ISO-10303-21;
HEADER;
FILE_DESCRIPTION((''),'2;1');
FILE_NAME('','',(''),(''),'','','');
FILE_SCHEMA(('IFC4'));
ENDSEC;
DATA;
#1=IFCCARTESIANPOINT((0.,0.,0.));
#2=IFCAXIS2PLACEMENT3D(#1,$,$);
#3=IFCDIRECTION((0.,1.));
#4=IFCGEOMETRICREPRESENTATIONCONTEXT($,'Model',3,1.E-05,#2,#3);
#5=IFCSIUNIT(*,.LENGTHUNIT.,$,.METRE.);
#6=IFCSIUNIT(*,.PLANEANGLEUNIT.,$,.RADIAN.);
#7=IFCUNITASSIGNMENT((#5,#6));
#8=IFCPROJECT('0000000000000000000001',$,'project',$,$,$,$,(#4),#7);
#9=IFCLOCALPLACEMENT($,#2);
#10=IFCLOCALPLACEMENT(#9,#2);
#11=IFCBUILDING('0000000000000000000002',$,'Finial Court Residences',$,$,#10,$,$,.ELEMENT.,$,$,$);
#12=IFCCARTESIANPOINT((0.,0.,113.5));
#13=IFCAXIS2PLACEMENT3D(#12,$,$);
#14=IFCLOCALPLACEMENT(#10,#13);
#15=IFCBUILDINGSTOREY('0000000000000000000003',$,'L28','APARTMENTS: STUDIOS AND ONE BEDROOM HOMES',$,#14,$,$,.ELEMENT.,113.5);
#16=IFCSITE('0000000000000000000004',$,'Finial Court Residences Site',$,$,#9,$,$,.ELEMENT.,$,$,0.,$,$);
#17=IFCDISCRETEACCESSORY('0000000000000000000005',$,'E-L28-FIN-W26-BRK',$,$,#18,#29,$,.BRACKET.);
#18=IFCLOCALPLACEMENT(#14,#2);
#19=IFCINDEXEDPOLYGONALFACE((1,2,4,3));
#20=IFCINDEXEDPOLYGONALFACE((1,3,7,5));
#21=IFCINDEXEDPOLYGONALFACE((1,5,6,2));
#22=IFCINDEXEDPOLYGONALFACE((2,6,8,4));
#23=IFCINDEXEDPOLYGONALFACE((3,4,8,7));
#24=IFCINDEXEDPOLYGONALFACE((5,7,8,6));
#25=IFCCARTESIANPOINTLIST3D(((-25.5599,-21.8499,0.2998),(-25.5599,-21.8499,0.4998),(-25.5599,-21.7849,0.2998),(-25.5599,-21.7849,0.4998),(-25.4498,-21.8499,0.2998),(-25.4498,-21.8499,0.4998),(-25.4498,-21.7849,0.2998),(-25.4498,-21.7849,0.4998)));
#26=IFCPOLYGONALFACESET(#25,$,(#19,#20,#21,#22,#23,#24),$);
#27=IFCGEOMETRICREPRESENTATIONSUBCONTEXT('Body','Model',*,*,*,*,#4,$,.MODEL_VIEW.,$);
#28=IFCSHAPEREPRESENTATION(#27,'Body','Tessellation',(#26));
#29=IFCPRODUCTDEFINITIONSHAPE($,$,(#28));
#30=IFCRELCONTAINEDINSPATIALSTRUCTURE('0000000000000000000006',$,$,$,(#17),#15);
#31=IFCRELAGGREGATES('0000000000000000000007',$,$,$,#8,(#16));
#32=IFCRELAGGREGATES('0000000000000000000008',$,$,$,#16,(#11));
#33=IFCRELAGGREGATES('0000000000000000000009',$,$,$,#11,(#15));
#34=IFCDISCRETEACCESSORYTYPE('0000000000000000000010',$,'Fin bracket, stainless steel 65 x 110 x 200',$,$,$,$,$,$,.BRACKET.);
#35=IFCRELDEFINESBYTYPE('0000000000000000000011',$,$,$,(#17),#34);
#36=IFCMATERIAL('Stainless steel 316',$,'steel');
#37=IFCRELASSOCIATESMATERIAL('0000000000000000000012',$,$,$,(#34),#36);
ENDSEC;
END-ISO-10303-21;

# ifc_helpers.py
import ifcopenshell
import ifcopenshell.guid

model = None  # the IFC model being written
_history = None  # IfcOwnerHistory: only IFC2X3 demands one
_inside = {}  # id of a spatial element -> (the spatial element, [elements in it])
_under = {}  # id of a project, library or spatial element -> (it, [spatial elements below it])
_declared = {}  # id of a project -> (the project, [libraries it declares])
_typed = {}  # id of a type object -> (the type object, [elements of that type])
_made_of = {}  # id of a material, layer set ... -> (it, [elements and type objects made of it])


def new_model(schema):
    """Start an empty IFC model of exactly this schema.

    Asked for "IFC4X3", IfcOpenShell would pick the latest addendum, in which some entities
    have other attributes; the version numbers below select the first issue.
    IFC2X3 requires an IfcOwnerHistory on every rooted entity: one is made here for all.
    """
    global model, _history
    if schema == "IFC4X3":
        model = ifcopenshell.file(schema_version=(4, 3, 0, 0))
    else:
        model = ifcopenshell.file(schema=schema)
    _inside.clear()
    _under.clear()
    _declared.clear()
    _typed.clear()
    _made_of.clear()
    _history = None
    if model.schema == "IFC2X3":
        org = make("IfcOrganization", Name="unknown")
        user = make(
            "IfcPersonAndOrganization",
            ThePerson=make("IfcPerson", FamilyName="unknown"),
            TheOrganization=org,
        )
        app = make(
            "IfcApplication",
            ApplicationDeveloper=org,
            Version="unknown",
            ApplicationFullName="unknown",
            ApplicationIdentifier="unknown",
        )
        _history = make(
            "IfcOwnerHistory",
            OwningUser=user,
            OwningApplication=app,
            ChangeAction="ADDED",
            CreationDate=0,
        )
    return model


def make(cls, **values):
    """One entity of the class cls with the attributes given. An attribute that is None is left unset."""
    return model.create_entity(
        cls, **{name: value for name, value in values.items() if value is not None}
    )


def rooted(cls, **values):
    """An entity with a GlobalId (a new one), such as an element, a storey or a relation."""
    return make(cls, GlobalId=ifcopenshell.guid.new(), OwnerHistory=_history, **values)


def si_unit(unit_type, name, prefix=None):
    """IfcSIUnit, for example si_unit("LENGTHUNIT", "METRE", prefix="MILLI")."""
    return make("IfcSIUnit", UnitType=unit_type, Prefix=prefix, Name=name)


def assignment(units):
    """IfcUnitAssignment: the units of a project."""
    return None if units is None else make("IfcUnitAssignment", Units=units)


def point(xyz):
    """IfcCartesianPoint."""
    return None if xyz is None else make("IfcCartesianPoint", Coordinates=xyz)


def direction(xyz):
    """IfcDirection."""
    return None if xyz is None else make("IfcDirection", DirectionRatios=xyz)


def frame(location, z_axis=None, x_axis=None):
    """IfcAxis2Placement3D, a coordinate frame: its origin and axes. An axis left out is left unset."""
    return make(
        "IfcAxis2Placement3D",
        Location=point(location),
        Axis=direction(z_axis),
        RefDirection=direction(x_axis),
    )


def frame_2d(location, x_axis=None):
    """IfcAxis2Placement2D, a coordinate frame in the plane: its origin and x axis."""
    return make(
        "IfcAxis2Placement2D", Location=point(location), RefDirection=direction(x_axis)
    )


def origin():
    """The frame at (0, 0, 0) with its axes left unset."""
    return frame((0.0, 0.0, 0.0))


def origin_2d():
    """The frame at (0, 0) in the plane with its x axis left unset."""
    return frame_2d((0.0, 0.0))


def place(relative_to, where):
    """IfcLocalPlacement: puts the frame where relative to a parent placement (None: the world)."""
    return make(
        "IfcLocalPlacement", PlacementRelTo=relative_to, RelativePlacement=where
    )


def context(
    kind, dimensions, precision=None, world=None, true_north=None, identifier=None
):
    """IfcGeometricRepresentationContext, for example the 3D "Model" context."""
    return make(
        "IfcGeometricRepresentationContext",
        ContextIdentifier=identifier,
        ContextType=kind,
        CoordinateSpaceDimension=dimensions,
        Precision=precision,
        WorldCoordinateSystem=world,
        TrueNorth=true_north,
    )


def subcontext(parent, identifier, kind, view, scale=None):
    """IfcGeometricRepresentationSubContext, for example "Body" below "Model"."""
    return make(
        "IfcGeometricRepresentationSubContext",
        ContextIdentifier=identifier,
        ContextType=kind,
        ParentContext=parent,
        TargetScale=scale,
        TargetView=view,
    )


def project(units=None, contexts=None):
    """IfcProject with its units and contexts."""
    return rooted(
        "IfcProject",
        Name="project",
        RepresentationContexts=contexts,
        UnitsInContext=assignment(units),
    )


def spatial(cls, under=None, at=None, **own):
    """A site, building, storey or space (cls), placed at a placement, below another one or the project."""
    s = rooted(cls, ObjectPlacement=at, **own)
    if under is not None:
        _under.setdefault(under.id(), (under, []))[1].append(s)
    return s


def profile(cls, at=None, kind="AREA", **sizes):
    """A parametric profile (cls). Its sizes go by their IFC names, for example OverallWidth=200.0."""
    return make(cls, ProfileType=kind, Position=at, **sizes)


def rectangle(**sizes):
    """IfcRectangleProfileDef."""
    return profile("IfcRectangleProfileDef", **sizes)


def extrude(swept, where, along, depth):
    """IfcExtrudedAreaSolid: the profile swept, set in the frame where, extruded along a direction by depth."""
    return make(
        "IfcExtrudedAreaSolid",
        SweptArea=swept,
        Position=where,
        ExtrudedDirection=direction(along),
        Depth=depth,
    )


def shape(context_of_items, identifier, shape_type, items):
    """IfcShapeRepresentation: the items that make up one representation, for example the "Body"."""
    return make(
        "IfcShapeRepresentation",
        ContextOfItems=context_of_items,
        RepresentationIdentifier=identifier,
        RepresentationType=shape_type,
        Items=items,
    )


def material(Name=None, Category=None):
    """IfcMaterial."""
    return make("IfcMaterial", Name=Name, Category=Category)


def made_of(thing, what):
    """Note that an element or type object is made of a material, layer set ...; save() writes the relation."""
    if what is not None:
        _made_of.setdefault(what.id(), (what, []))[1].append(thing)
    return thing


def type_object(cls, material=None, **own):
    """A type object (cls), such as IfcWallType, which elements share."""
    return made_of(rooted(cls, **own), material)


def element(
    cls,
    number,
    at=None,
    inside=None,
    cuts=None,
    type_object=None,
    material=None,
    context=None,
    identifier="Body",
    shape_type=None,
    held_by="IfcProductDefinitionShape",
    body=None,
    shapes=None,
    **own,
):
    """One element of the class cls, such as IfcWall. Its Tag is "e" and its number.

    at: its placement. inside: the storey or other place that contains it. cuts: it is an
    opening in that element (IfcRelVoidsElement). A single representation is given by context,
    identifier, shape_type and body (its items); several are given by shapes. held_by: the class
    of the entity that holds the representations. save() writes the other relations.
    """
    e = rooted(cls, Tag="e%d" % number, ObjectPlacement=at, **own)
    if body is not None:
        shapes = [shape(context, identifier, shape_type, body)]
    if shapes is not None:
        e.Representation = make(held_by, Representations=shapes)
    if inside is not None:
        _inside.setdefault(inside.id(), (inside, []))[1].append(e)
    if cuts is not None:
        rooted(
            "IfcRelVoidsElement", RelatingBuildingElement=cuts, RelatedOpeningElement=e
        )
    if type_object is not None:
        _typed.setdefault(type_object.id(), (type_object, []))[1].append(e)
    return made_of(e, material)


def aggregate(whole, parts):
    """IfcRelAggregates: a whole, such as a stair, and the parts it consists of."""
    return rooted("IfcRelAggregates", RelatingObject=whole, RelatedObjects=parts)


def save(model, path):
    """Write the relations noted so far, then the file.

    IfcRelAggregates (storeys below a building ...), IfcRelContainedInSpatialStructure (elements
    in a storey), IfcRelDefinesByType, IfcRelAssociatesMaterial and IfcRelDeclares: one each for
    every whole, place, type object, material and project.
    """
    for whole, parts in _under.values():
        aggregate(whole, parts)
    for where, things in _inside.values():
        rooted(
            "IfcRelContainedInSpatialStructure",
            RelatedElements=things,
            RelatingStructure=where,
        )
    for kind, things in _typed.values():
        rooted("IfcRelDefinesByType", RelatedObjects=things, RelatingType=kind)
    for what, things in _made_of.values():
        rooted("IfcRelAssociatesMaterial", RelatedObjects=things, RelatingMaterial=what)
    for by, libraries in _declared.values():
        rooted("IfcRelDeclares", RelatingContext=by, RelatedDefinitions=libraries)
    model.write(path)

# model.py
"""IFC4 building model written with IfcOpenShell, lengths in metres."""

from ifc_helpers import new_model, si_unit, direction, frame, origin, origin_2d, place, context, subcontext, project, spatial, rectangle, extrude, material, type_object, element, save


model = new_model("IFC4")

# Units and contexts
model_context = context("Model", 3, precision=1e-05, world=origin(), true_north=direction((0.0, 1.0)))
body_context = subcontext(model_context, "Body", "Model", "MODEL_VIEW")
ifc_project = project(units=[si_unit("LENGTHUNIT", "METRE"), si_unit("PLANEANGLEUNIT", "RADIAN")], contexts=[model_context])

# Site, building, storey
site_placement = place(None, origin())
site = spatial("IfcSite", under=ifc_project, at=site_placement, Name="Finial Court Residences Site", CompositionType="ELEMENT", RefElevation=0.0)
building_placement = place(site_placement, origin())
building = spatial("IfcBuilding", under=site, at=building_placement, Name="Finial Court Residences", CompositionType="ELEMENT")
storey_placement = place(building_placement, frame((0.0, 0.0, 113.5)))
storey = spatial("IfcBuildingStorey", under=building, at=storey_placement, Name="L28", Description="APARTMENTS: STUDIOS AND ONE BEDROOM HOMES", CompositionType="ELEMENT", Elevation=113.5)

# Discrete accessory
ifc_material_1 = material(Name="Stainless steel 316", Category="steel")
discrete_accessory_type = type_object("IfcDiscreteAccessoryType", Name="Fin bracket, stainless steel 65 x 110 x 200", PredefinedType="BRACKET", material=ifc_material_1)
discrete_accessory_placement = place(storey_placement, frame((-25.5049, -21.8174, 0.2998), z_axis=(0.0, 0.0, 1.0), x_axis=(1.0, 0.0, 0.0)))
element("IfcDiscreteAccessory", 1, at=discrete_accessory_placement, inside=storey, type_object=discrete_accessory_type, Name="E-L28-FIN-W26-BRK", PredefinedType="BRACKET", context=body_context, shape_type="SweptSolid", body=[
    extrude(rectangle(XDim=0.1101, YDim=0.0649, at=origin_2d()), origin(), (0.0, 0.0, 1.0), 0.2),
])

save(model, "model.ifc")
